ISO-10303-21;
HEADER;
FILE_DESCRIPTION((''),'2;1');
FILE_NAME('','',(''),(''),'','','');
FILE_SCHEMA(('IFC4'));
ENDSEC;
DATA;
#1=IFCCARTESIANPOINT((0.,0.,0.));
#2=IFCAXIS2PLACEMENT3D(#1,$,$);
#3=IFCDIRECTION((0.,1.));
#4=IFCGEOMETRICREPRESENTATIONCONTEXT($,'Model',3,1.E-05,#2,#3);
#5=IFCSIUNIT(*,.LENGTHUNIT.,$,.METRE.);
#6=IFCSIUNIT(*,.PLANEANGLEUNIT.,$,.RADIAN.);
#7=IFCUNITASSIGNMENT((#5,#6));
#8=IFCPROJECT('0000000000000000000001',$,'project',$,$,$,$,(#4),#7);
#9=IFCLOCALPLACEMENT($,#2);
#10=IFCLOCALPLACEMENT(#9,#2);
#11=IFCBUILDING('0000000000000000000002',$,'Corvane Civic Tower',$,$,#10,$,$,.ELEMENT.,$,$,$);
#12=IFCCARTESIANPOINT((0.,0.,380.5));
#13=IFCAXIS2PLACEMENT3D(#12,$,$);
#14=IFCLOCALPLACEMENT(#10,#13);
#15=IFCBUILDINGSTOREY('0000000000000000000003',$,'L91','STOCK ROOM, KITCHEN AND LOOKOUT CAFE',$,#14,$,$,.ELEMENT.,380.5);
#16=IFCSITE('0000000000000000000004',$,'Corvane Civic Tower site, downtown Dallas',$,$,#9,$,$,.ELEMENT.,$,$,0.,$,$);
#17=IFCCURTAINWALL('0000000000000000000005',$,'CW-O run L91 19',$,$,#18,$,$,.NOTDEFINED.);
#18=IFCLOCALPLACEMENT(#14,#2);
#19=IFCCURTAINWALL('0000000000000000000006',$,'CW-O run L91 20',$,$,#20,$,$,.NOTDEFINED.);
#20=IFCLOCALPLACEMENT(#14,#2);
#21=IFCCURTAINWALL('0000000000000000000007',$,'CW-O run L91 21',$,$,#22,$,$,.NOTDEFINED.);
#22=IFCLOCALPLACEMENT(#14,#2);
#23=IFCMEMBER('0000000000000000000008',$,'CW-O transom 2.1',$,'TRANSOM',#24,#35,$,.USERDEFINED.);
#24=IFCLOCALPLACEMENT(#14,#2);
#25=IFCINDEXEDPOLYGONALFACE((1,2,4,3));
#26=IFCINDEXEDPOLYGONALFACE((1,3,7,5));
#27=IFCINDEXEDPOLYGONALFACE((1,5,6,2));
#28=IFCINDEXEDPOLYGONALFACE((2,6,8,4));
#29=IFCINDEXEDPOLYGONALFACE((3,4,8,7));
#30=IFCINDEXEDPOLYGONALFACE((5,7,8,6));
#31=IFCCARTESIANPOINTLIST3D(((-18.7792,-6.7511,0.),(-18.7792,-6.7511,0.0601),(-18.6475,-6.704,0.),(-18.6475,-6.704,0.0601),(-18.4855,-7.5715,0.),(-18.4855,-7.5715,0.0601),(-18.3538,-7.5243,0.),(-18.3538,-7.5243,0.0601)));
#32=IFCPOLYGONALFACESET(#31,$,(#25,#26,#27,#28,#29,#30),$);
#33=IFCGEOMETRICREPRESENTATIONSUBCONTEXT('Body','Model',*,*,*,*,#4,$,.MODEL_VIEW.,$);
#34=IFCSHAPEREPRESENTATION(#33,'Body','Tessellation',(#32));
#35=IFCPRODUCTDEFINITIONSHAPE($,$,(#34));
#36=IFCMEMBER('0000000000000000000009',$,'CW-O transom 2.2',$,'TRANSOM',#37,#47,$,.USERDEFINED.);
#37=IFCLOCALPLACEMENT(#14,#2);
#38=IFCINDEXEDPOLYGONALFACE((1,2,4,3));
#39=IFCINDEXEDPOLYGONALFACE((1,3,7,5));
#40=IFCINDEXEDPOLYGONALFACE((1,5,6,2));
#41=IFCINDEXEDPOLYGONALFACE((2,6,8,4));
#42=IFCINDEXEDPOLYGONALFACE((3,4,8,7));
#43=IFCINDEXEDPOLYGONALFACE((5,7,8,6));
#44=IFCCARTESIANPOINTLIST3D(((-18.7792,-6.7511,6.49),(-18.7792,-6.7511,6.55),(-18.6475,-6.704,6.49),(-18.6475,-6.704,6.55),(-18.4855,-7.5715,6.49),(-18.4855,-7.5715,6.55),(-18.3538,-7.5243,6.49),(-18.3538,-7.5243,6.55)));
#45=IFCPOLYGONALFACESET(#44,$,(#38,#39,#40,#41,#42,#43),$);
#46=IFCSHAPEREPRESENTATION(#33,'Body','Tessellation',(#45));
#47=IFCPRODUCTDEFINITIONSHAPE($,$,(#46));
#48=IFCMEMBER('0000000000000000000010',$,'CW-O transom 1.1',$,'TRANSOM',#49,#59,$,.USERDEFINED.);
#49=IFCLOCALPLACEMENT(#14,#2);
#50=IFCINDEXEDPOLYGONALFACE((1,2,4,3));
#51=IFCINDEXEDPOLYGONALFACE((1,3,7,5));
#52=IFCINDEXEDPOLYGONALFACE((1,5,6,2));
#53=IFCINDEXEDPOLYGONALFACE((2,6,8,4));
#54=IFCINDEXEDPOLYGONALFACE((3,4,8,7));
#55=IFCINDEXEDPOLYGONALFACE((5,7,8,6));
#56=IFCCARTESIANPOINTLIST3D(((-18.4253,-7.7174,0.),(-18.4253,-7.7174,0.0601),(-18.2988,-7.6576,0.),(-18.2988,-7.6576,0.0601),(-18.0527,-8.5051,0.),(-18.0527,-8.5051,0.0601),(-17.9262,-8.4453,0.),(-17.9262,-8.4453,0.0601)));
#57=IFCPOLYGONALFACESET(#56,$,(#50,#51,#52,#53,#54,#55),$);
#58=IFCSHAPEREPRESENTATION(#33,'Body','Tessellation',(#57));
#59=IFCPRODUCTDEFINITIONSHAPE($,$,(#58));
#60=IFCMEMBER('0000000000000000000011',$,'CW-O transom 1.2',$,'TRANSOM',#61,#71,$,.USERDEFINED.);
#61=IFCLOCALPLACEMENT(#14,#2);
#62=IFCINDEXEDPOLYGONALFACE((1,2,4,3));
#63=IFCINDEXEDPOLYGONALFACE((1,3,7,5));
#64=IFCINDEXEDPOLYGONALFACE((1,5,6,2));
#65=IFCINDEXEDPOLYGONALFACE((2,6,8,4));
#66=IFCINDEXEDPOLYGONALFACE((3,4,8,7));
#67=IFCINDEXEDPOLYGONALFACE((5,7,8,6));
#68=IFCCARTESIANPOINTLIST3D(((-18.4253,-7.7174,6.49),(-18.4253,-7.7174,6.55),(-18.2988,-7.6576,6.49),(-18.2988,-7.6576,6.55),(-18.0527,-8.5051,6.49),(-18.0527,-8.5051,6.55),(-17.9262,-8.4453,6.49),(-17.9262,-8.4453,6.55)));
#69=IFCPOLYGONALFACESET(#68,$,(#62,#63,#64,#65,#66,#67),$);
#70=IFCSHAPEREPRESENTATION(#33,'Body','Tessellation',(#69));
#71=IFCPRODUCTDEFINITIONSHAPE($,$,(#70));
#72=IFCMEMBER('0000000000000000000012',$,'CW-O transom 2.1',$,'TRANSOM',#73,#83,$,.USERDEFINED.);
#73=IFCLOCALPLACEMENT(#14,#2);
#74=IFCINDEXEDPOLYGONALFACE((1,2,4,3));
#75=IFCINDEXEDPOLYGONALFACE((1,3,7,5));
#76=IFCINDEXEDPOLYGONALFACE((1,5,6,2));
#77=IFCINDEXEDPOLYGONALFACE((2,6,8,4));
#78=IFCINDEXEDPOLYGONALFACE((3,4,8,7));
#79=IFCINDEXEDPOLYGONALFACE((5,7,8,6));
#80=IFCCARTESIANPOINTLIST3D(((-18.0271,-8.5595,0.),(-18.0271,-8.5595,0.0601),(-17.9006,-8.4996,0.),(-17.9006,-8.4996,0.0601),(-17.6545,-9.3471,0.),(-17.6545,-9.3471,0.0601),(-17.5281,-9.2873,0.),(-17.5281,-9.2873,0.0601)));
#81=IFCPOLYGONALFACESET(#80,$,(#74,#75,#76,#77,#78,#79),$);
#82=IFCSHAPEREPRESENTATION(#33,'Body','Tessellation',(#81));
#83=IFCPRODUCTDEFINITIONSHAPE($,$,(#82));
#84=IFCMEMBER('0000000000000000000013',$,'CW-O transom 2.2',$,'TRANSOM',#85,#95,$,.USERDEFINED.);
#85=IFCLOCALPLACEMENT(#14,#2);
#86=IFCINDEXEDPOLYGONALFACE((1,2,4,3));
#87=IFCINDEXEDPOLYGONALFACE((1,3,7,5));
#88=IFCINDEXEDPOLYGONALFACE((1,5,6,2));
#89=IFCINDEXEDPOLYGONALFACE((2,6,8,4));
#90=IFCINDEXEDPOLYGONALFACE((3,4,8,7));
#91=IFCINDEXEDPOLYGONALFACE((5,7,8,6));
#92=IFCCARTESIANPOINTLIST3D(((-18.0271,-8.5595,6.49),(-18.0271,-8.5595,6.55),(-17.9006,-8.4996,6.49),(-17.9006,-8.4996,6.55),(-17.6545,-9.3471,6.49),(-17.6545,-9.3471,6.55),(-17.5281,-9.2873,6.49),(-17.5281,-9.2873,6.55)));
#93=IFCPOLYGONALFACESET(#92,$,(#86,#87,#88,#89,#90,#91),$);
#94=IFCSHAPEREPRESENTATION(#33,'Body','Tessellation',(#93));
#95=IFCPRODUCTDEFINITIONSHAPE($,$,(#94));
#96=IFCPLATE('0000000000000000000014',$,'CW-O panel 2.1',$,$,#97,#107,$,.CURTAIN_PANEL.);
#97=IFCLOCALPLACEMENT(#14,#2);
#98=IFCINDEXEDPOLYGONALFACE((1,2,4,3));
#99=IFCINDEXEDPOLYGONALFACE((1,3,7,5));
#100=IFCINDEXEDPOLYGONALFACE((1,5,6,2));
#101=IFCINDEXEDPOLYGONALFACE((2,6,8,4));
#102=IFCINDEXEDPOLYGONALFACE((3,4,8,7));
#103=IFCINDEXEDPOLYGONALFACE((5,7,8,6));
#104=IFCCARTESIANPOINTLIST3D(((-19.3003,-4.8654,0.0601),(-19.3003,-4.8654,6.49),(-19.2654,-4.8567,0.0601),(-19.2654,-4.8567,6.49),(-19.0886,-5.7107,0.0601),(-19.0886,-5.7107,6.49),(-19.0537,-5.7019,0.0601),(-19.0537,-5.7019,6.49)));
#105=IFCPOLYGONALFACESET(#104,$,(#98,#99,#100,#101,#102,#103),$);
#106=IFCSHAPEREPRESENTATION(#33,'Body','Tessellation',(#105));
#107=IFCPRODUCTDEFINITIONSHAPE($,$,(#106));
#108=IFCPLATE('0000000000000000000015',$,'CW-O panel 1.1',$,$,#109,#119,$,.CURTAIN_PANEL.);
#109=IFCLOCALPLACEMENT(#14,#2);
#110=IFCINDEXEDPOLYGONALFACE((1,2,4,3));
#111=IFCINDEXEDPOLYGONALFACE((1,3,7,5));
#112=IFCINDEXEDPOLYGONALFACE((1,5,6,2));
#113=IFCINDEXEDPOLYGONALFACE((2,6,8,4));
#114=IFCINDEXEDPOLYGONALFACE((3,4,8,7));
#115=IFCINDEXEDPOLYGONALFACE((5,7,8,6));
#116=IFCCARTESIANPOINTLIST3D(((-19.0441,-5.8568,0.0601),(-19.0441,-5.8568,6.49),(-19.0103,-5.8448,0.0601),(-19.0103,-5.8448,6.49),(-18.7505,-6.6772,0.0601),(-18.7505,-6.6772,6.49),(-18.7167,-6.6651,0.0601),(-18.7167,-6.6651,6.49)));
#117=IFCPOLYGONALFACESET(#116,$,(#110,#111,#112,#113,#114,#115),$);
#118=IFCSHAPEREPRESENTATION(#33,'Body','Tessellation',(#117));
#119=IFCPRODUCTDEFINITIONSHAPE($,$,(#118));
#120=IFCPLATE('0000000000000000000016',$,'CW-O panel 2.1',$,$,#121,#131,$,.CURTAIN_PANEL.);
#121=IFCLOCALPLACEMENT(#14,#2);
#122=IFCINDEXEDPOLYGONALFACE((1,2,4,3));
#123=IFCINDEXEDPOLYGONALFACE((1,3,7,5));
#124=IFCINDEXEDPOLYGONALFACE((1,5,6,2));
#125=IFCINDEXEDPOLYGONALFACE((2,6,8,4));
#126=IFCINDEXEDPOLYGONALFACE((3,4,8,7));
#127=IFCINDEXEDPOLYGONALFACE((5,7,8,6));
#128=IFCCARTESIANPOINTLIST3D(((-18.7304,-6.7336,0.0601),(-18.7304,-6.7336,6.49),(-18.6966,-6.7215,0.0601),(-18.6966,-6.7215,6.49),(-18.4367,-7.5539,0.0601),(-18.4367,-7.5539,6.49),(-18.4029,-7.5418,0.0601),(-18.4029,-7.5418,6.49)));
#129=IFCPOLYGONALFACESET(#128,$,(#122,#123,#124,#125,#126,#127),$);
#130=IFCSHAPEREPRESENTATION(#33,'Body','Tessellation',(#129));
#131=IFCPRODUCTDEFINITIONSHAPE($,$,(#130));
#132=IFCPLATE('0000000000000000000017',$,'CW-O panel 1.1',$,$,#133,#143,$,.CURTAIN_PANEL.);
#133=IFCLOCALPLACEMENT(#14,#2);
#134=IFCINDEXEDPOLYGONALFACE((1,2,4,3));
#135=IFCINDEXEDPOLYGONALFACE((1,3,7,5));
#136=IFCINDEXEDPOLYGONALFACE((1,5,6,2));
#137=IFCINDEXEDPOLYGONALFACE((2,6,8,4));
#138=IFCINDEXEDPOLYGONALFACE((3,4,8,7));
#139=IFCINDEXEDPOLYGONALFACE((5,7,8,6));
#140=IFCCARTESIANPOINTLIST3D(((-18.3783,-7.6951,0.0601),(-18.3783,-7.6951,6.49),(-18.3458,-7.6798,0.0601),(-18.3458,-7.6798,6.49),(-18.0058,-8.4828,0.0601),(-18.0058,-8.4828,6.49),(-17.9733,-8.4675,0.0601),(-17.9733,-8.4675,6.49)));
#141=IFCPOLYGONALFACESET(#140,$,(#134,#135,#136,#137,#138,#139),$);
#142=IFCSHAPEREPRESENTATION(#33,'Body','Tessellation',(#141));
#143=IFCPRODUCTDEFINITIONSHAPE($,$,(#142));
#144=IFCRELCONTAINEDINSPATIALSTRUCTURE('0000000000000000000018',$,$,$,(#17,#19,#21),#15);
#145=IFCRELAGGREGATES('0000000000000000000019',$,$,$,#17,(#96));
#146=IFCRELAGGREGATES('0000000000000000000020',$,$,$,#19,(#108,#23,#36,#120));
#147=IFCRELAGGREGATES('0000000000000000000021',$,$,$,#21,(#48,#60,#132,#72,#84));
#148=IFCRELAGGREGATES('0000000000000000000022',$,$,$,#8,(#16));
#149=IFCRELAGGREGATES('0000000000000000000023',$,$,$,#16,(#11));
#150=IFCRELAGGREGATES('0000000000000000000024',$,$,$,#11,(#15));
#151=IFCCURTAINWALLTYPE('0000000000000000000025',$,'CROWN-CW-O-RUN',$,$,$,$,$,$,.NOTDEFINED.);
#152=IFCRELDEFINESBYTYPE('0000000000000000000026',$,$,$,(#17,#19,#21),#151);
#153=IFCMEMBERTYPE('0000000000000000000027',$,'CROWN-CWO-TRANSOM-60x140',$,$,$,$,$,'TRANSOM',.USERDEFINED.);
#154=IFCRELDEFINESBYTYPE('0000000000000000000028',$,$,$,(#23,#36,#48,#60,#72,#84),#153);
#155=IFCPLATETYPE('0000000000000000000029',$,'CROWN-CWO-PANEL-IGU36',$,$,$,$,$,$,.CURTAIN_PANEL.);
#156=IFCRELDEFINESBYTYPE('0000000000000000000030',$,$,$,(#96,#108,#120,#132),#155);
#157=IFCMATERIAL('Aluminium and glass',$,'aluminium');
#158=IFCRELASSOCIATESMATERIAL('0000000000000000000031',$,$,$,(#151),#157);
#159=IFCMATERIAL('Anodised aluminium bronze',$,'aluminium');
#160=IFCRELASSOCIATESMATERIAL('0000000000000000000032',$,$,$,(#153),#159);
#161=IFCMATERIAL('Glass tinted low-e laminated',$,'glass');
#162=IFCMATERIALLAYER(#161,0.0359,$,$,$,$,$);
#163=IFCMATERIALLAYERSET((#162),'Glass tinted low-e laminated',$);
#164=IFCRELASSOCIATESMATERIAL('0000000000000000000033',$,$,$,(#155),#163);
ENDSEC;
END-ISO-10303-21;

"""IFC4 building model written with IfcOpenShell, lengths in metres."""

from ifc_helpers import new_model, si_unit, direction, frame, origin, origin_2d, place, context, subcontext, project, spatial, rectangle, extrude, material, layer, layer_set, material_profile, profile_set, type_object, element, aggregate, save


model = new_model("IFC4")

# Units and contexts
model_context = context("Model", 3, precision=1e-05, world=origin(), true_north=direction((0.0, 1.0)))
body_context = subcontext(model_context, "Body", "Model", "MODEL_VIEW")
ifc_project = project(units=[si_unit("LENGTHUNIT", "METRE"), si_unit("PLANEANGLEUNIT", "RADIAN")], contexts=[model_context])

# Site, building, storey
site_placement = place(None, origin())
site = spatial("IfcSite", under=ifc_project, at=site_placement, Name="Corvane Civic Tower site, downtown Dallas", CompositionType="ELEMENT", RefElevation=0.0)
building_placement = place(site_placement, origin())
building = spatial("IfcBuilding", under=site, at=building_placement, Name="Corvane Civic Tower", CompositionType="ELEMENT")
storey_placement = place(building_placement, frame((0.0, 0.0, 380.5)))
storey = spatial("IfcBuildingStorey", under=building, at=storey_placement, Name="L91", Description="STOCK ROOM, KITCHEN AND LOOKOUT CAFE", CompositionType="ELEMENT", Elevation=380.5)

# Curtain walls
ifc_material_1 = material(Name="Aluminium and glass", Category="aluminium")
curtain_wall_type = type_object("IfcCurtainWallType", Name="CROWN-CW-O-RUN", PredefinedType="NOTDEFINED", material=ifc_material_1)
curtain_wall_1_placement = place(storey_placement, origin())
curtain_wall_1 = element("IfcCurtainWall", 1, at=curtain_wall_1_placement, inside=storey, type_object=curtain_wall_type, Name="CW-O run L91 19", PredefinedType="NOTDEFINED")
curtain_wall_2_placement = place(storey_placement, origin())
curtain_wall_2 = element("IfcCurtainWall", 2, at=curtain_wall_2_placement, inside=storey, type_object=curtain_wall_type, Name="CW-O run L91 20", PredefinedType="NOTDEFINED")
curtain_wall_3_placement = place(storey_placement, origin())
curtain_wall_3 = element("IfcCurtainWall", 3, at=curtain_wall_3_placement, inside=storey, type_object=curtain_wall_type, Name="CW-O run L91 21", PredefinedType="NOTDEFINED")

# Members
ifc_material_2 = material(Name="Anodised aluminium bronze", Category="aluminium")
ifc_material_profile_1 = material_profile(ifc_material_2, rectangle(XDim=0.1399, YDim=0.0601, at=origin_2d()), Name="AL 140x60")
ifc_profile_set_1 = profile_set([ifc_material_profile_1], Name="Anodised aluminium bronze")
member_type_1 = type_object("IfcMemberType", Name="CROWN-CWO-TRANSOM-60x140", ElementType="TRANSOM", PredefinedType="USERDEFINED", material=ifc_profile_set_1)
member_1_placement = place(storey_placement, frame((-18.7134, -6.7275, 0.03), z_axis=(0.337082, -0.941475, 0.0), x_axis=(0.941475, 0.337082, 0.0)))
member_1 = element("IfcMember", 4, at=member_1_placement, type_object=member_type_1, Name="CW-O transom 2.1", ObjectType="TRANSOM", PredefinedType="USERDEFINED", context=body_context, shape_type="SweptSolid", body=[
    extrude(rectangle(XDim=0.1399, YDim=0.0601, at=origin_2d()), origin(), (0.0, 0.0, 1.0), 0.8713),
])
member_2_placement = place(storey_placement, frame((-18.7134, -6.7275, 6.52), z_axis=(0.337082, -0.941475, 0.0), x_axis=(0.941475, 0.337082, 0.0)))
member_2 = element("IfcMember", 5, at=member_2_placement, type_object=member_type_1, Name="CW-O transom 2.2", ObjectType="TRANSOM", PredefinedType="USERDEFINED", context=body_context, shape_type="SweptSolid", body=[
    extrude(rectangle(XDim=0.1399, YDim=0.0601, at=origin_2d()), origin(), (0.0, 0.0, 1.0), 0.8713),
])
member_3_placement = place(storey_placement, frame((-18.3621, -7.6875, 0.03), z_axis=(0.427604, -0.903966, 0.0), x_axis=(0.903966, 0.427604, 0.0)))
member_3 = element("IfcMember", 6, at=member_3_placement, type_object=member_type_1, Name="CW-O transom 1.1", ObjectType="TRANSOM", PredefinedType="USERDEFINED", context=body_context, shape_type="SweptSolid", body=[
    extrude(rectangle(XDim=0.1399, YDim=0.0601, at=origin_2d()), origin(), (0.0, 0.0, 1.0), 0.8713),
])
member_4_placement = place(storey_placement, frame((-18.3621, -7.6875, 6.52), z_axis=(0.427604, -0.903966, 0.0), x_axis=(0.903966, 0.427604, 0.0)))
member_4 = element("IfcMember", 7, at=member_4_placement, type_object=member_type_1, Name="CW-O transom 1.2", ObjectType="TRANSOM", PredefinedType="USERDEFINED", context=body_context, shape_type="SweptSolid", body=[
    extrude(rectangle(XDim=0.1399, YDim=0.0601, at=origin_2d()), origin(), (0.0, 0.0, 1.0), 0.8713),
])
member_5_placement = place(storey_placement, frame((-17.9639, -8.5295, 0.03), z_axis=(0.427604, -0.903966, 0.0), x_axis=(0.903966, 0.427604, 0.0)))
member_5 = element("IfcMember", 8, at=member_5_placement, type_object=member_type_1, Name="CW-O transom 2.1", ObjectType="TRANSOM", PredefinedType="USERDEFINED", context=body_context, shape_type="SweptSolid", body=[
    extrude(rectangle(XDim=0.1399, YDim=0.0601, at=origin_2d()), origin(), (0.0, 0.0, 1.0), 0.8713),
])
member_6_placement = place(storey_placement, frame((-17.9639, -8.5295, 6.52), z_axis=(0.427604, -0.903966, 0.0), x_axis=(0.903966, 0.427604, 0.0)))
member_6 = element("IfcMember", 9, at=member_6_placement, type_object=member_type_1, Name="CW-O transom 2.2", ObjectType="TRANSOM", PredefinedType="USERDEFINED", context=body_context, shape_type="SweptSolid", body=[
    extrude(rectangle(XDim=0.1399, YDim=0.0601, at=origin_2d()), origin(), (0.0, 0.0, 1.0), 0.8713),
])

# Plates
ifc_material_3 = material(Name="Glass tinted low-e laminated", Category="glass")
ifc_layer = layer(ifc_material_3, 0.0359)
ifc_layer_set = layer_set([ifc_layer], Name="Glass tinted low-e laminated")
plate_type = type_object("IfcPlateType", Name="CROWN-CWO-PANEL-IGU36", PredefinedType="CURTAIN_PANEL", material=ifc_layer_set)
plate_1_placement = place(storey_placement, frame((-19.177, -5.2837, 0.0601), z_axis=(0.0, 0.0, 1.0), x_axis=(0.242952, -0.970038, 0.0)))
plate_1 = element("IfcPlate", 10, at=plate_1_placement, type_object=plate_type, Name="CW-O panel 2.1", PredefinedType="CURTAIN_PANEL", context=body_context, shape_type="SweptSolid", body=[
    extrude(rectangle(XDim=0.8713, YDim=0.0359, at=origin_2d()), origin(), (0.0, 0.0, 1.0), 6.4299),
])
aggregate(curtain_wall_1, [plate_1])
plate_2_placement = place(storey_placement, frame((-18.8804, -6.261, 0.0601), z_axis=(0.0, 0.0, 1.0), x_axis=(0.336982, -0.941511, 0.0)))
plate_2 = element("IfcPlate", 11, at=plate_2_placement, type_object=plate_type, Name="CW-O panel 1.1", PredefinedType="CURTAIN_PANEL", context=body_context, shape_type="SweptSolid", body=[
    extrude(rectangle(XDim=0.8713, YDim=0.0359, at=origin_2d()), origin(), (0.0, 0.0, 1.0), 6.4299),
])
plate_3_placement = place(storey_placement, frame((-18.5667, -7.1377, 0.0601), z_axis=(0.0, 0.0, 1.0), x_axis=(0.336982, -0.941511, 0.0)))
plate_3 = element("IfcPlate", 12, at=plate_3_placement, type_object=plate_type, Name="CW-O panel 2.1", PredefinedType="CURTAIN_PANEL", context=body_context, shape_type="SweptSolid", body=[
    extrude(rectangle(XDim=0.8713, YDim=0.0359, at=origin_2d()), origin(), (0.0, 0.0, 1.0), 6.4299),
])
aggregate(curtain_wall_2, [plate_2, member_1, member_2, plate_3])
plate_4_placement = place(storey_placement, frame((-18.1758, -8.0813, 0.0601), z_axis=(0.0, 0.0, 1.0), x_axis=(0.427509, -0.904011, 0.0)))
plate_4 = element("IfcPlate", 13, at=plate_4_placement, type_object=plate_type, Name="CW-O panel 1.1", PredefinedType="CURTAIN_PANEL", context=body_context, shape_type="SweptSolid", body=[
    extrude(rectangle(XDim=0.8713, YDim=0.0359, at=origin_2d()), origin(), (0.0, 0.0, 1.0), 6.4299),
])
aggregate(curtain_wall_3, [member_3, member_4, plate_4, member_5, member_6])

save(model, "model.ifc")
